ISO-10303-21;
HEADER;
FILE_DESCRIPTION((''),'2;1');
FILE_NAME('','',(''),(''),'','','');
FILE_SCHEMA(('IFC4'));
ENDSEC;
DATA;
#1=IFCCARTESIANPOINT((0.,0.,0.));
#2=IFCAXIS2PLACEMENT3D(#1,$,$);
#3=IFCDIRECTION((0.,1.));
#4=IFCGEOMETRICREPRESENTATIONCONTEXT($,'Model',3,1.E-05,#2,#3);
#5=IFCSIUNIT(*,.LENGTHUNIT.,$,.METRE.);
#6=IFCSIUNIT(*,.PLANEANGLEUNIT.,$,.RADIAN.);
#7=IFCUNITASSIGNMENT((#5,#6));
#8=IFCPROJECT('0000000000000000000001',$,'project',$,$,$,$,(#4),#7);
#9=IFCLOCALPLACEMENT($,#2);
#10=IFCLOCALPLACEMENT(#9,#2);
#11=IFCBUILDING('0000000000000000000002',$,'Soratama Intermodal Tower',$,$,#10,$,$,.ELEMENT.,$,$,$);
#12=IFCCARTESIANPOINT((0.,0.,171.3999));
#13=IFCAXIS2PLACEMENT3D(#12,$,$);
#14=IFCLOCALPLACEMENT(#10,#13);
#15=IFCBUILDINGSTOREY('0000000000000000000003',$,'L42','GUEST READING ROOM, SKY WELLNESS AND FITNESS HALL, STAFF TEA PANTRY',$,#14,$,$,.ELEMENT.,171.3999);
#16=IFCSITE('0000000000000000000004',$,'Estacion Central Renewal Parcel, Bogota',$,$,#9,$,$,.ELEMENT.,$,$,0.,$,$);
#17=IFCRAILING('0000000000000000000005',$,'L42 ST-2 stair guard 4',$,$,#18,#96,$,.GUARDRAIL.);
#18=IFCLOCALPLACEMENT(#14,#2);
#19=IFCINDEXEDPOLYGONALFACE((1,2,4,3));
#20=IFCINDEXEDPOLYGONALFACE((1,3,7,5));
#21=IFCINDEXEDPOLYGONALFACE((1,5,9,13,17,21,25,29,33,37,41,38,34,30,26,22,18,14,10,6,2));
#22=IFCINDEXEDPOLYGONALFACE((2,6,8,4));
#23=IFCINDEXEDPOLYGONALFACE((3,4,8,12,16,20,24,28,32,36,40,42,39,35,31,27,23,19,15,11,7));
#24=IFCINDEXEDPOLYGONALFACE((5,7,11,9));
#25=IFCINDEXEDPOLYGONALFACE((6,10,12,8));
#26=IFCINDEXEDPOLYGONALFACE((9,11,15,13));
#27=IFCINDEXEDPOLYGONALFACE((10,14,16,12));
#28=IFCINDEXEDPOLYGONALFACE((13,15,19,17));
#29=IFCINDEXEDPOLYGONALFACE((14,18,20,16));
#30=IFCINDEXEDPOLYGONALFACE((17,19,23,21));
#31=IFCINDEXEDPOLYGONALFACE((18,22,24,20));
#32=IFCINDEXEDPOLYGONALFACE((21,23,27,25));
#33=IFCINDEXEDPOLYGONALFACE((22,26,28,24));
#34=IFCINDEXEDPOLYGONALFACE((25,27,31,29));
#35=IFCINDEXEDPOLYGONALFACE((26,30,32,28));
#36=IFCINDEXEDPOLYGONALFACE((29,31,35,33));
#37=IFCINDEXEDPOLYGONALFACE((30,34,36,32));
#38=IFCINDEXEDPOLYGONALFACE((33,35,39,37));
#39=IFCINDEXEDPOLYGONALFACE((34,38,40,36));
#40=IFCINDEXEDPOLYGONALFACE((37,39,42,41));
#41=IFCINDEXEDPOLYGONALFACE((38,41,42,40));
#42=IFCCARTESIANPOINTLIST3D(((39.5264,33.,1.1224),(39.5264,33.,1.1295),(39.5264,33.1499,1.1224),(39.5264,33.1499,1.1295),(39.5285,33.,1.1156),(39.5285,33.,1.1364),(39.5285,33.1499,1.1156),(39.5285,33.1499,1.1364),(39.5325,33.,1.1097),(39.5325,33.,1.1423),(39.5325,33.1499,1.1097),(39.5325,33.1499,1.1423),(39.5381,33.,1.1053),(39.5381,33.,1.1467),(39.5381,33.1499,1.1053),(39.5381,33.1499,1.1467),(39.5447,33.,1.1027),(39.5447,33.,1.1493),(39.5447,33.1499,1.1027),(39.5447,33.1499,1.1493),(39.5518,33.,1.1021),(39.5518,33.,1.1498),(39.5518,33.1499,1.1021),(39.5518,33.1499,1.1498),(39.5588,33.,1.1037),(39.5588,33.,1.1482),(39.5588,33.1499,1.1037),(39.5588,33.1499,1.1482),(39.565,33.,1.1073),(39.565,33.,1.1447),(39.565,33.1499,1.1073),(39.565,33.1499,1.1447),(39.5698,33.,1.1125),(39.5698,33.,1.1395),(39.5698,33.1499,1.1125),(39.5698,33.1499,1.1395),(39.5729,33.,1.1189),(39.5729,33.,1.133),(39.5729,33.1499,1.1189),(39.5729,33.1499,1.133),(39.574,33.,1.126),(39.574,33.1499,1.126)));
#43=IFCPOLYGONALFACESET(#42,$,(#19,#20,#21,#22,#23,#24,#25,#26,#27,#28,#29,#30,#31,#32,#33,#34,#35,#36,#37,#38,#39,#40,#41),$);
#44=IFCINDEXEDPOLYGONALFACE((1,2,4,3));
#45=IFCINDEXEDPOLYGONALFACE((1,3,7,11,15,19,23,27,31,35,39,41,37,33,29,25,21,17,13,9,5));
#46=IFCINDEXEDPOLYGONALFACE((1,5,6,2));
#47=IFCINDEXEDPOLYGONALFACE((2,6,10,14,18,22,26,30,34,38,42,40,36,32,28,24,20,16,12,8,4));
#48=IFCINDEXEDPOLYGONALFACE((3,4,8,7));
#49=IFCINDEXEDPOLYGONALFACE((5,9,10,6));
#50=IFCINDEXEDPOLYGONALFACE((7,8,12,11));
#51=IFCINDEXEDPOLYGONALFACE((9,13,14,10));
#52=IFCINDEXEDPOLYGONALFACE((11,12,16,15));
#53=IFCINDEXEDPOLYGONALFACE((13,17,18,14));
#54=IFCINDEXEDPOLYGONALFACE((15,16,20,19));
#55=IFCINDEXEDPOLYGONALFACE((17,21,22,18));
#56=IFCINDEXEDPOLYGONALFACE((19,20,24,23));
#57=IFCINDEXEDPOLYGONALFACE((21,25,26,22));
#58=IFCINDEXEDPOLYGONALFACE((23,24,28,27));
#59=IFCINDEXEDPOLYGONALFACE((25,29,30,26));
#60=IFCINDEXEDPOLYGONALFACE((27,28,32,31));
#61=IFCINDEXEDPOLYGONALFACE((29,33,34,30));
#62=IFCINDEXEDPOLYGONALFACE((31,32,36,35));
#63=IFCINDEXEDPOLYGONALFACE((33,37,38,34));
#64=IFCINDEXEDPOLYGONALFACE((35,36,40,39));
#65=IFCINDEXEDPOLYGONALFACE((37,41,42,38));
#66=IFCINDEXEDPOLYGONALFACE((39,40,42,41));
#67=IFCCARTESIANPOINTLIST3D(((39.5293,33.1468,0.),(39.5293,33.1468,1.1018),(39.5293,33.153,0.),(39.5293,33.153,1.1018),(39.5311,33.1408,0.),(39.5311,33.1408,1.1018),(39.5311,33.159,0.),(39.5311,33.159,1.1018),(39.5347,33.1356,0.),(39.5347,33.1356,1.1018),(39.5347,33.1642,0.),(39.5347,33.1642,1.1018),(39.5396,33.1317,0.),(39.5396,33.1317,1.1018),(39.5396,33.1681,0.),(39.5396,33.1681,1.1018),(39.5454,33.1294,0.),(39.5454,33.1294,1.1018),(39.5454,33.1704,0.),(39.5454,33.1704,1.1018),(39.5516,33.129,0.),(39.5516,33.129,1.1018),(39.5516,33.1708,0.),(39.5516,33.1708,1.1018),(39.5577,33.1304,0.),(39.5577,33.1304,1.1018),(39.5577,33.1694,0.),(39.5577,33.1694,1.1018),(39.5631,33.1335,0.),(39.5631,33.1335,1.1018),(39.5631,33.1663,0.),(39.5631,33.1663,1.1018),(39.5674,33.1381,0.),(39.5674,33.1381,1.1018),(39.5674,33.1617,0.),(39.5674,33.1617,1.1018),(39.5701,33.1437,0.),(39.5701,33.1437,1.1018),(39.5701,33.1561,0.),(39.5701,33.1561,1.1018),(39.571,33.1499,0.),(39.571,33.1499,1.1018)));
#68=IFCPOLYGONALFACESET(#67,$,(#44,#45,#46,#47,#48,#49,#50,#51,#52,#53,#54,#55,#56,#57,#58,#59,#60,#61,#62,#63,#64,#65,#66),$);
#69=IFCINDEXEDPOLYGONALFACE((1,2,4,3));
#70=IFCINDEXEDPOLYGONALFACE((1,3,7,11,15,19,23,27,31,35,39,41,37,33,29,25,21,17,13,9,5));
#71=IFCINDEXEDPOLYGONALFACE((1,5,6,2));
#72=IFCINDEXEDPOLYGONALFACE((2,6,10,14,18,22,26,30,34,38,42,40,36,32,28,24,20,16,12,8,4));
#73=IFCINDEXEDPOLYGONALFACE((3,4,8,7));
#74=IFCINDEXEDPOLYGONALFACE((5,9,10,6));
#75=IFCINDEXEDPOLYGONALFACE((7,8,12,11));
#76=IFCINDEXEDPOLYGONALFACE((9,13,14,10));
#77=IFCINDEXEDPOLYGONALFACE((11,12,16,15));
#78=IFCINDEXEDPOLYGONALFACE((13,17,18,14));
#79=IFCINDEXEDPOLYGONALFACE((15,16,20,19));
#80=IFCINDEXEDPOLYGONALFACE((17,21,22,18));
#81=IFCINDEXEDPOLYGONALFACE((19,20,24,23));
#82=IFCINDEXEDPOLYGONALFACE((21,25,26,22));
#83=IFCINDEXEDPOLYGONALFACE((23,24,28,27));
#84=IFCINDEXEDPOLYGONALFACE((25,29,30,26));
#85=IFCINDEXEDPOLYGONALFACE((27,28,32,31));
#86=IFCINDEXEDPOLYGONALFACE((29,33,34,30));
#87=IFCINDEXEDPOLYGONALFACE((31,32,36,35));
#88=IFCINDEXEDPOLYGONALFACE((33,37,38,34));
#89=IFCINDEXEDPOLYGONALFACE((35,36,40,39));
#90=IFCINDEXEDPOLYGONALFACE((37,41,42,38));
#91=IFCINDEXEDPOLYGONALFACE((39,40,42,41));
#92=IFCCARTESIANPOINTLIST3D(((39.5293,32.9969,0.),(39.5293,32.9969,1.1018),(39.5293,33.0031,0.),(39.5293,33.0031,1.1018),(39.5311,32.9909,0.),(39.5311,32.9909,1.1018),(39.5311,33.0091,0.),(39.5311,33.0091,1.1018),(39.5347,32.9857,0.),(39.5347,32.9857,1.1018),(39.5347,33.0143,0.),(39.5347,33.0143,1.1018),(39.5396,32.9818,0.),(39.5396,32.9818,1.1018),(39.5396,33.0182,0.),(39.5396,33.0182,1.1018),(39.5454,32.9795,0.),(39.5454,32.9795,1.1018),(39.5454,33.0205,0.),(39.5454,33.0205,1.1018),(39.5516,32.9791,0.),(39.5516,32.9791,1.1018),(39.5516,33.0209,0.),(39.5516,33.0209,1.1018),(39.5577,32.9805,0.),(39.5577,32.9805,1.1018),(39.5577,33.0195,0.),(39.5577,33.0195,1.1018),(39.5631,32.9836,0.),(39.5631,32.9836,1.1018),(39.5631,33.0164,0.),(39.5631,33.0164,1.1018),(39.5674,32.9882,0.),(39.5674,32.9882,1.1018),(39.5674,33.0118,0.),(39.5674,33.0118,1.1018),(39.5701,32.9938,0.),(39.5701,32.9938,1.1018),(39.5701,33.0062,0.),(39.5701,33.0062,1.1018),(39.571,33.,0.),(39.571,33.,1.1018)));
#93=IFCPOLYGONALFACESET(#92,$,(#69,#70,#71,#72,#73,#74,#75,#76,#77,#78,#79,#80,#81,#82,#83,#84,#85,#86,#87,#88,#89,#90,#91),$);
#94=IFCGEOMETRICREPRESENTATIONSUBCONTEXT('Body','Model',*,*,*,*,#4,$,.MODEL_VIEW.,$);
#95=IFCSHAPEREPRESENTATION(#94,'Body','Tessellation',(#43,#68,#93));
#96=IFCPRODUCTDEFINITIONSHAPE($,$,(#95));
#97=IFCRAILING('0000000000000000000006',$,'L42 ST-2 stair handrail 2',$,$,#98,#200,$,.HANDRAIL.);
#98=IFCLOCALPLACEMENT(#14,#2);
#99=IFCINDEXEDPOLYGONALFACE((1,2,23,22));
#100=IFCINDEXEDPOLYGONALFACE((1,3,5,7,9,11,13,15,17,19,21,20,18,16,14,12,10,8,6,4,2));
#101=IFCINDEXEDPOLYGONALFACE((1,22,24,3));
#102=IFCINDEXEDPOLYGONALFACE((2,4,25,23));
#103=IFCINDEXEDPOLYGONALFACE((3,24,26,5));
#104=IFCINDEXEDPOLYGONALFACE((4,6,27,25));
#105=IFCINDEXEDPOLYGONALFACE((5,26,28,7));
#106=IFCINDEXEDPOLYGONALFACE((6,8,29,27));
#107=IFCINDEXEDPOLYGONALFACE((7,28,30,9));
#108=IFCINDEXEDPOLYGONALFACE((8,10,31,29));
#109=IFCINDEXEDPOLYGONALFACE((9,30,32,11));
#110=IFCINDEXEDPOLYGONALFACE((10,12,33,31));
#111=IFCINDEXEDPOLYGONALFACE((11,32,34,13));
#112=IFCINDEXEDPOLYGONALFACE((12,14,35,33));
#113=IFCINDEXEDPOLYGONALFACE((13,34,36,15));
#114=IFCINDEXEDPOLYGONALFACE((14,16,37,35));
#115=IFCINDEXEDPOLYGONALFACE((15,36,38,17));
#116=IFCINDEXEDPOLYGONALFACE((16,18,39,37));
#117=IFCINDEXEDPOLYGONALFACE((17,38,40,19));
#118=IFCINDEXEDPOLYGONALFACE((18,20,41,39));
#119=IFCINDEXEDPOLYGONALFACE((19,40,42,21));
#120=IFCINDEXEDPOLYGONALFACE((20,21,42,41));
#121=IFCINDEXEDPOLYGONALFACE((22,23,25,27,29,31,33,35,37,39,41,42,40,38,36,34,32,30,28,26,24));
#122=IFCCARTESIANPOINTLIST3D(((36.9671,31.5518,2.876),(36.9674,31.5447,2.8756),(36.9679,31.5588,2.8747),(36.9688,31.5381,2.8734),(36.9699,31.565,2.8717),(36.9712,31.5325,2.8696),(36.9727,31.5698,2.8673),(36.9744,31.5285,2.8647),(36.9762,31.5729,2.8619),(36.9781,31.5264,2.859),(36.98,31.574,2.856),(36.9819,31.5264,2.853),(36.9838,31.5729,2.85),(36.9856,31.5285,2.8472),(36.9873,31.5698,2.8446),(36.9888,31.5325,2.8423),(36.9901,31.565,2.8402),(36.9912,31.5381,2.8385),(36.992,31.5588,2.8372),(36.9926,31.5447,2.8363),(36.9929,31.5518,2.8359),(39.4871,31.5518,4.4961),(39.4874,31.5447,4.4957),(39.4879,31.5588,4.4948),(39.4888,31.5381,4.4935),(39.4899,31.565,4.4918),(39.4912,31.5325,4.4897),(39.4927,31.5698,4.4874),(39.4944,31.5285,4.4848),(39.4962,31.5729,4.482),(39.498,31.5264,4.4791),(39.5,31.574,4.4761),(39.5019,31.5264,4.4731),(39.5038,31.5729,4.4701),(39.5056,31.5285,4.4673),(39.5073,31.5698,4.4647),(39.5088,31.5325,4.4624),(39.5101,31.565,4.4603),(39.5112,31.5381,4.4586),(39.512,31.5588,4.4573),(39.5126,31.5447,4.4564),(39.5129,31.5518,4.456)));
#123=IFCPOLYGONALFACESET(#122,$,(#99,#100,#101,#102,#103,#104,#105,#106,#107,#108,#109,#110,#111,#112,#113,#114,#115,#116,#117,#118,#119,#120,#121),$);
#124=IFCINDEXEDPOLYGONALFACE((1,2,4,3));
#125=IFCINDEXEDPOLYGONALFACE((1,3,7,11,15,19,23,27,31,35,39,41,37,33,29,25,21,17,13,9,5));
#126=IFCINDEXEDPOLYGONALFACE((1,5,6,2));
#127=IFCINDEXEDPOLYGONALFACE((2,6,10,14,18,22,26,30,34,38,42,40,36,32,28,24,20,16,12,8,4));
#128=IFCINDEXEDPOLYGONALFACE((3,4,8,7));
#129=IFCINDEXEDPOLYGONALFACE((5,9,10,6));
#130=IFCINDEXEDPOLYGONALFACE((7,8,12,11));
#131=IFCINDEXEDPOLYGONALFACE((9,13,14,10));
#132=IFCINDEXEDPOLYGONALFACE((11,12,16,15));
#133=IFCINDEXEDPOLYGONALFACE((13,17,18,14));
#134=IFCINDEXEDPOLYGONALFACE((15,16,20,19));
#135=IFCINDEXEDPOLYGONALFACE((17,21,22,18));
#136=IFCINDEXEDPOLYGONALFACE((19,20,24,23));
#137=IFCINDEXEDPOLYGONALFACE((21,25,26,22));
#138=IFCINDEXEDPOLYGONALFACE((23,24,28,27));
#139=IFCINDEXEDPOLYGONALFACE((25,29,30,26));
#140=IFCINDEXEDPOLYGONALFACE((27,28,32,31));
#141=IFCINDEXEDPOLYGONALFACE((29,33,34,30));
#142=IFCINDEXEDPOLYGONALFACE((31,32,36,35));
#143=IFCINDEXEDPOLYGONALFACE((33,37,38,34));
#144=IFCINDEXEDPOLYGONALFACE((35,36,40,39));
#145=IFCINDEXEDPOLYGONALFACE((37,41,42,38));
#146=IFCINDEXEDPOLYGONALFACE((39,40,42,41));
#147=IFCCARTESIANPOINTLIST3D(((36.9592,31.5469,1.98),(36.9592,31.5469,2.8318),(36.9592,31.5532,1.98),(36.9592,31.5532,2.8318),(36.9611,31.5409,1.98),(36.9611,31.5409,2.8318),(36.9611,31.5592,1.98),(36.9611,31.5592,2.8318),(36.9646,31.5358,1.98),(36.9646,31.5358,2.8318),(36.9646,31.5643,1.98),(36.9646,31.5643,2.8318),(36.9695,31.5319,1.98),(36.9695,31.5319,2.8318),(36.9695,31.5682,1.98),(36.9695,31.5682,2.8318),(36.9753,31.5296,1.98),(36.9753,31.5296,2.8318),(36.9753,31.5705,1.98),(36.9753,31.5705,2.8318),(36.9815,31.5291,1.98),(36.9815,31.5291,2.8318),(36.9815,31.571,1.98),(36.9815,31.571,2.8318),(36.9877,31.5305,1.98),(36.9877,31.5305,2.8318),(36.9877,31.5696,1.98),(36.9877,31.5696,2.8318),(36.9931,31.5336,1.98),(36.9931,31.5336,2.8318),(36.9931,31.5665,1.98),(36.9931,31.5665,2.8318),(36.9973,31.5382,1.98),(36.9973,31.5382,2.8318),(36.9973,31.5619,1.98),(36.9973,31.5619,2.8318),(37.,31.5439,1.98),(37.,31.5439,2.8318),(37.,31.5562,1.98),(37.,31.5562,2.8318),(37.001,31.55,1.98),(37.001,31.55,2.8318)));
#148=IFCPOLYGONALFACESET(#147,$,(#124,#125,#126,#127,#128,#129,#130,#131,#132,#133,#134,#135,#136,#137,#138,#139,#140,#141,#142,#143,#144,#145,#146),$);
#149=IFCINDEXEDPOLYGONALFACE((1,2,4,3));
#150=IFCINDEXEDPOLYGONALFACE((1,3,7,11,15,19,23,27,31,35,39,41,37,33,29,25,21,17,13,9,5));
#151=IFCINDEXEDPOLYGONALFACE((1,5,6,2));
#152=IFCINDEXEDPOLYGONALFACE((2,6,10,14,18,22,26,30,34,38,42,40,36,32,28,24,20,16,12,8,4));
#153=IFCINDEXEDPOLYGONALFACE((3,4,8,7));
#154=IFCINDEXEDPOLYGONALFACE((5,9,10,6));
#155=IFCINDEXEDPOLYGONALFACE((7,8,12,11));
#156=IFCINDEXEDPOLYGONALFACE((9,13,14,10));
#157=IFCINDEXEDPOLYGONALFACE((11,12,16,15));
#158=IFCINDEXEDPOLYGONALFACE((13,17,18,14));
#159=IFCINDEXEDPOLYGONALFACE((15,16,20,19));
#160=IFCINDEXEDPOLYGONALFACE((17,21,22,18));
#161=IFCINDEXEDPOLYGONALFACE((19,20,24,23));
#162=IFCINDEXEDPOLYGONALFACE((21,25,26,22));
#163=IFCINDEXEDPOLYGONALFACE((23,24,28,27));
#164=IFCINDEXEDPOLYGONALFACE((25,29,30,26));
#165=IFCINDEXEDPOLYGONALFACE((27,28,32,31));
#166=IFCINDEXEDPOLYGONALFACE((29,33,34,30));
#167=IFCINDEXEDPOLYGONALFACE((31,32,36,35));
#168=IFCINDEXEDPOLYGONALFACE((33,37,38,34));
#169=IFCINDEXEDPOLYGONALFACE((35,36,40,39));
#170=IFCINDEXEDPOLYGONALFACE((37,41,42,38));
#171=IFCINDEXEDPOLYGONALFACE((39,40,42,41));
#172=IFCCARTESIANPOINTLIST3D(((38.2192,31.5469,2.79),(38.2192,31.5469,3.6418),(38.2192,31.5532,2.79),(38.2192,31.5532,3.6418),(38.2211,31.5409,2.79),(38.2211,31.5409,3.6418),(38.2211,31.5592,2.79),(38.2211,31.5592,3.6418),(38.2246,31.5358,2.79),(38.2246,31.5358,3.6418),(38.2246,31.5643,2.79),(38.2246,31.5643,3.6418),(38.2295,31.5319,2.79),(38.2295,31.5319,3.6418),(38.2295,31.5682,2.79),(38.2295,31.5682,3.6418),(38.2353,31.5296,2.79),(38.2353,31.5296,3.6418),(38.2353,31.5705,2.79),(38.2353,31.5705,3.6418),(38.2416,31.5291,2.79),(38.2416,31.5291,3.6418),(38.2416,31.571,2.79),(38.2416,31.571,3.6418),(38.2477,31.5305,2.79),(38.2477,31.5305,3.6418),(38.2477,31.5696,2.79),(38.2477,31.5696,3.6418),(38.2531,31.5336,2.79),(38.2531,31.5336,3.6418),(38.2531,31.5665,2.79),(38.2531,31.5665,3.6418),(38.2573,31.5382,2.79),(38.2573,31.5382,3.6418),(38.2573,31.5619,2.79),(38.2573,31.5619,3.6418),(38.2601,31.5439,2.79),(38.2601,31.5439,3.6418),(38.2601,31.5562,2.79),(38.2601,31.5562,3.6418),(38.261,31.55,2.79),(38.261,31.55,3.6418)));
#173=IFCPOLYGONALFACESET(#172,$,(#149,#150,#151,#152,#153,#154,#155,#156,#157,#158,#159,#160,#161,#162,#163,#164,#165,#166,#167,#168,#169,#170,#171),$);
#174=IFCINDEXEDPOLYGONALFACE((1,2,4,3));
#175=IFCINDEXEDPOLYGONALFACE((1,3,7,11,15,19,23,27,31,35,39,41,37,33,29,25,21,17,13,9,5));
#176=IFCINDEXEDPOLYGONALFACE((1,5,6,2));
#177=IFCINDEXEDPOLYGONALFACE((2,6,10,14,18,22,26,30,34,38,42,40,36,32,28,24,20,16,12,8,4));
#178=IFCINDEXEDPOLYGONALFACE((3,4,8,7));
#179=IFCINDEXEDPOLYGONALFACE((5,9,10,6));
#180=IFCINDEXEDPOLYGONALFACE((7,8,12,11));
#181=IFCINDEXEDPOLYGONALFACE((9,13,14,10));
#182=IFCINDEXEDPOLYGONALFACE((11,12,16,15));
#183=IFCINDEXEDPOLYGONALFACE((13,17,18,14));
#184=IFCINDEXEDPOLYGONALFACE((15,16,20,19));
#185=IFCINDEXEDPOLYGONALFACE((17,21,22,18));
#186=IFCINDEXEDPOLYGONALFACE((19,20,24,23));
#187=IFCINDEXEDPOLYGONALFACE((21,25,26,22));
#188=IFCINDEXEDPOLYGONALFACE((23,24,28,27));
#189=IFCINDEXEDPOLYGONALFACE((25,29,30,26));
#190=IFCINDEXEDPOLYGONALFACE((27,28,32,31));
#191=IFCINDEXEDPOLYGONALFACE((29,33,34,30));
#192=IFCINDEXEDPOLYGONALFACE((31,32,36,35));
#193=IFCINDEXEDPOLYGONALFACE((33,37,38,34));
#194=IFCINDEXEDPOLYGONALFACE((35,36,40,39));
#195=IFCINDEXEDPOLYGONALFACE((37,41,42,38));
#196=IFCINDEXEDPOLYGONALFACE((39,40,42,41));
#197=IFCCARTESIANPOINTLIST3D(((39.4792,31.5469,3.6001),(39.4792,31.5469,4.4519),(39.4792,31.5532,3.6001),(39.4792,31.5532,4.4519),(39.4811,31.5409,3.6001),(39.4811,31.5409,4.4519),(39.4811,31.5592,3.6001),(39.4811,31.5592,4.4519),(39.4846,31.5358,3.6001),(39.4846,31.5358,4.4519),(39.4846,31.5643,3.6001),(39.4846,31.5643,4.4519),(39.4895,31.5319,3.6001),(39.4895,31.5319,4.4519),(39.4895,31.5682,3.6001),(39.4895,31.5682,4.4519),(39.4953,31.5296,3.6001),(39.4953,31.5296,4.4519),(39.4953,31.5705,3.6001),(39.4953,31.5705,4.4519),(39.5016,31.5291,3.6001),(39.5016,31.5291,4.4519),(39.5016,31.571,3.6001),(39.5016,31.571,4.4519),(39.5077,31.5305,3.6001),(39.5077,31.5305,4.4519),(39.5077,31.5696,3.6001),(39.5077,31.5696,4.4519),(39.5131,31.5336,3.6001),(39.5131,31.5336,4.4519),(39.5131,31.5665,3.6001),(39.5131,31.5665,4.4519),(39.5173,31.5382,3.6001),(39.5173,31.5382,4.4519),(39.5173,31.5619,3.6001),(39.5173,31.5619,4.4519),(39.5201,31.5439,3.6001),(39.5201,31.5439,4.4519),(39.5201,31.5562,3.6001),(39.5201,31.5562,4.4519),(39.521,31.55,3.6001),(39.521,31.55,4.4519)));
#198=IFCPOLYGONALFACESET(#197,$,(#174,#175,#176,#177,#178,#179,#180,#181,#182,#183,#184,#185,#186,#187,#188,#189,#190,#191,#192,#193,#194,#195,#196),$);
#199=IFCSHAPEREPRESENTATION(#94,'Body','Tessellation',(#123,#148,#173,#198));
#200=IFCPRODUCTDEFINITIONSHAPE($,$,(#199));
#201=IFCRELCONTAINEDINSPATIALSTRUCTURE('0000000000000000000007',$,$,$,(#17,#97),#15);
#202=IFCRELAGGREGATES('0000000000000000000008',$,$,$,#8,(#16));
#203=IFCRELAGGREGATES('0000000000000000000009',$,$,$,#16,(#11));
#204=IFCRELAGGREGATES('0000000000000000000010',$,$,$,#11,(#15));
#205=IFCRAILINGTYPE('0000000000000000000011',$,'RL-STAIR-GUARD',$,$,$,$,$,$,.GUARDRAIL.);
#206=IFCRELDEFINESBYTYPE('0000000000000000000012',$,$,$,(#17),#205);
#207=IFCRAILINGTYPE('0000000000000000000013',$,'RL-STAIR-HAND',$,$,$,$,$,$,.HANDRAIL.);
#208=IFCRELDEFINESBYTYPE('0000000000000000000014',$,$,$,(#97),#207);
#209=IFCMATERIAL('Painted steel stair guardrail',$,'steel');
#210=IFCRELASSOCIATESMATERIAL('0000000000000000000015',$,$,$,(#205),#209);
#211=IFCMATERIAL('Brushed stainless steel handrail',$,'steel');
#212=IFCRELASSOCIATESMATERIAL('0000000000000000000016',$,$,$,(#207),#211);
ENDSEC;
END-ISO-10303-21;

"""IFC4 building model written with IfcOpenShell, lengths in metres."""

from ifc_helpers import new_model, si_unit, direction, frame, origin, origin_2d, place, context, subcontext, project, spatial, circle, extrude, material, type_object, element, save


model = new_model("IFC4")

# Units and contexts
model_context = context("Model", 3, precision=1e-05, world=origin(), true_north=direction((0.0, 1.0)))
body_context = subcontext(model_context, "Body", "Model", "MODEL_VIEW")
ifc_project = project(units=[si_unit("LENGTHUNIT", "METRE"), si_unit("PLANEANGLEUNIT", "RADIAN")], contexts=[model_context])

# Site, building, storey
site_placement = place(None, origin())
site = spatial("IfcSite", under=ifc_project, at=site_placement, Name="Estacion Central Renewal Parcel, Bogota", CompositionType="ELEMENT", RefElevation=0.0)
building_placement = place(site_placement, origin())
building = spatial("IfcBuilding", under=site, at=building_placement, Name="Soratama Intermodal Tower", CompositionType="ELEMENT")
storey_placement = place(building_placement, frame((0.0, 0.0, 171.3999)))
storey = spatial("IfcBuildingStorey", under=building, at=storey_placement, Name="L42", Description="GUEST READING ROOM, SKY WELLNESS AND FITNESS HALL, STAFF TEA PANTRY", CompositionType="ELEMENT", Elevation=171.3999)

# Railings
ifc_material_1 = material(Name="Painted steel stair guardrail", Category="steel")
railing_type_1 = type_object("IfcRailingType", Name="RL-STAIR-GUARD", PredefinedType="GUARDRAIL", material=ifc_material_1)
railing_1_placement = place(storey_placement, frame((39.55, 33.1499, 0.0)))
element("IfcRailing", 1, at=railing_1_placement, inside=storey, type_object=railing_type_1, Name="L42 ST-2 stair guard 4", PredefinedType="GUARDRAIL", context=body_context, shape_type="SweptSolid", body=[
    extrude(circle(Radius=0.0239, at=origin_2d()), frame((0.0, 0.0, 1.126), z_axis=(0.0, -1.0, 0.0), x_axis=(1.0, 0.0, 0.0)), (0.0, 0.0, 1.0), 0.1499),
    extrude(circle(Radius=0.021, at=origin_2d()), origin(), (0.0, 0.0, 1.0), 1.1018),
    extrude(circle(Radius=0.021, at=origin_2d()), frame((0.0, -0.1499, 0.0)), (0.0, 0.0, 1.0), 1.1018),
])
ifc_material_2 = material(Name="Brushed stainless steel handrail", Category="steel")
railing_type_2 = type_object("IfcRailingType", Name="RL-STAIR-HAND", PredefinedType="HANDRAIL", material=ifc_material_2)
railing_2_placement = place(storey_placement, frame((36.98, 31.55, 1.98)))
element("IfcRailing", 2, at=railing_2_placement, inside=storey, type_object=railing_type_2, Name="L42 ST-2 stair handrail 2", PredefinedType="HANDRAIL", context=body_context, shape_type="SweptSolid", body=[
    extrude(circle(Radius=0.0239, at=origin_2d()), frame((0.0, 0.0, 0.876), z_axis=(0.841163, 0.0, 0.540782), x_axis=(0.0, 1.0, 0.0)), (0.0, 0.0, 1.0), 2.9958),
    extrude(circle(Radius=0.021, at=origin_2d()), origin(), (0.0, 0.0, 1.0), 0.8518),
    extrude(circle(Radius=0.021, at=origin_2d()), frame((1.26, 0.0, 0.8101)), (0.0, 0.0, 1.0), 0.8518),
    extrude(circle(Radius=0.021, at=origin_2d()), frame((2.52, 0.0, 1.6201)), (0.0, 0.0, 1.0), 0.8518),
])

save(model, "model.ifc")
